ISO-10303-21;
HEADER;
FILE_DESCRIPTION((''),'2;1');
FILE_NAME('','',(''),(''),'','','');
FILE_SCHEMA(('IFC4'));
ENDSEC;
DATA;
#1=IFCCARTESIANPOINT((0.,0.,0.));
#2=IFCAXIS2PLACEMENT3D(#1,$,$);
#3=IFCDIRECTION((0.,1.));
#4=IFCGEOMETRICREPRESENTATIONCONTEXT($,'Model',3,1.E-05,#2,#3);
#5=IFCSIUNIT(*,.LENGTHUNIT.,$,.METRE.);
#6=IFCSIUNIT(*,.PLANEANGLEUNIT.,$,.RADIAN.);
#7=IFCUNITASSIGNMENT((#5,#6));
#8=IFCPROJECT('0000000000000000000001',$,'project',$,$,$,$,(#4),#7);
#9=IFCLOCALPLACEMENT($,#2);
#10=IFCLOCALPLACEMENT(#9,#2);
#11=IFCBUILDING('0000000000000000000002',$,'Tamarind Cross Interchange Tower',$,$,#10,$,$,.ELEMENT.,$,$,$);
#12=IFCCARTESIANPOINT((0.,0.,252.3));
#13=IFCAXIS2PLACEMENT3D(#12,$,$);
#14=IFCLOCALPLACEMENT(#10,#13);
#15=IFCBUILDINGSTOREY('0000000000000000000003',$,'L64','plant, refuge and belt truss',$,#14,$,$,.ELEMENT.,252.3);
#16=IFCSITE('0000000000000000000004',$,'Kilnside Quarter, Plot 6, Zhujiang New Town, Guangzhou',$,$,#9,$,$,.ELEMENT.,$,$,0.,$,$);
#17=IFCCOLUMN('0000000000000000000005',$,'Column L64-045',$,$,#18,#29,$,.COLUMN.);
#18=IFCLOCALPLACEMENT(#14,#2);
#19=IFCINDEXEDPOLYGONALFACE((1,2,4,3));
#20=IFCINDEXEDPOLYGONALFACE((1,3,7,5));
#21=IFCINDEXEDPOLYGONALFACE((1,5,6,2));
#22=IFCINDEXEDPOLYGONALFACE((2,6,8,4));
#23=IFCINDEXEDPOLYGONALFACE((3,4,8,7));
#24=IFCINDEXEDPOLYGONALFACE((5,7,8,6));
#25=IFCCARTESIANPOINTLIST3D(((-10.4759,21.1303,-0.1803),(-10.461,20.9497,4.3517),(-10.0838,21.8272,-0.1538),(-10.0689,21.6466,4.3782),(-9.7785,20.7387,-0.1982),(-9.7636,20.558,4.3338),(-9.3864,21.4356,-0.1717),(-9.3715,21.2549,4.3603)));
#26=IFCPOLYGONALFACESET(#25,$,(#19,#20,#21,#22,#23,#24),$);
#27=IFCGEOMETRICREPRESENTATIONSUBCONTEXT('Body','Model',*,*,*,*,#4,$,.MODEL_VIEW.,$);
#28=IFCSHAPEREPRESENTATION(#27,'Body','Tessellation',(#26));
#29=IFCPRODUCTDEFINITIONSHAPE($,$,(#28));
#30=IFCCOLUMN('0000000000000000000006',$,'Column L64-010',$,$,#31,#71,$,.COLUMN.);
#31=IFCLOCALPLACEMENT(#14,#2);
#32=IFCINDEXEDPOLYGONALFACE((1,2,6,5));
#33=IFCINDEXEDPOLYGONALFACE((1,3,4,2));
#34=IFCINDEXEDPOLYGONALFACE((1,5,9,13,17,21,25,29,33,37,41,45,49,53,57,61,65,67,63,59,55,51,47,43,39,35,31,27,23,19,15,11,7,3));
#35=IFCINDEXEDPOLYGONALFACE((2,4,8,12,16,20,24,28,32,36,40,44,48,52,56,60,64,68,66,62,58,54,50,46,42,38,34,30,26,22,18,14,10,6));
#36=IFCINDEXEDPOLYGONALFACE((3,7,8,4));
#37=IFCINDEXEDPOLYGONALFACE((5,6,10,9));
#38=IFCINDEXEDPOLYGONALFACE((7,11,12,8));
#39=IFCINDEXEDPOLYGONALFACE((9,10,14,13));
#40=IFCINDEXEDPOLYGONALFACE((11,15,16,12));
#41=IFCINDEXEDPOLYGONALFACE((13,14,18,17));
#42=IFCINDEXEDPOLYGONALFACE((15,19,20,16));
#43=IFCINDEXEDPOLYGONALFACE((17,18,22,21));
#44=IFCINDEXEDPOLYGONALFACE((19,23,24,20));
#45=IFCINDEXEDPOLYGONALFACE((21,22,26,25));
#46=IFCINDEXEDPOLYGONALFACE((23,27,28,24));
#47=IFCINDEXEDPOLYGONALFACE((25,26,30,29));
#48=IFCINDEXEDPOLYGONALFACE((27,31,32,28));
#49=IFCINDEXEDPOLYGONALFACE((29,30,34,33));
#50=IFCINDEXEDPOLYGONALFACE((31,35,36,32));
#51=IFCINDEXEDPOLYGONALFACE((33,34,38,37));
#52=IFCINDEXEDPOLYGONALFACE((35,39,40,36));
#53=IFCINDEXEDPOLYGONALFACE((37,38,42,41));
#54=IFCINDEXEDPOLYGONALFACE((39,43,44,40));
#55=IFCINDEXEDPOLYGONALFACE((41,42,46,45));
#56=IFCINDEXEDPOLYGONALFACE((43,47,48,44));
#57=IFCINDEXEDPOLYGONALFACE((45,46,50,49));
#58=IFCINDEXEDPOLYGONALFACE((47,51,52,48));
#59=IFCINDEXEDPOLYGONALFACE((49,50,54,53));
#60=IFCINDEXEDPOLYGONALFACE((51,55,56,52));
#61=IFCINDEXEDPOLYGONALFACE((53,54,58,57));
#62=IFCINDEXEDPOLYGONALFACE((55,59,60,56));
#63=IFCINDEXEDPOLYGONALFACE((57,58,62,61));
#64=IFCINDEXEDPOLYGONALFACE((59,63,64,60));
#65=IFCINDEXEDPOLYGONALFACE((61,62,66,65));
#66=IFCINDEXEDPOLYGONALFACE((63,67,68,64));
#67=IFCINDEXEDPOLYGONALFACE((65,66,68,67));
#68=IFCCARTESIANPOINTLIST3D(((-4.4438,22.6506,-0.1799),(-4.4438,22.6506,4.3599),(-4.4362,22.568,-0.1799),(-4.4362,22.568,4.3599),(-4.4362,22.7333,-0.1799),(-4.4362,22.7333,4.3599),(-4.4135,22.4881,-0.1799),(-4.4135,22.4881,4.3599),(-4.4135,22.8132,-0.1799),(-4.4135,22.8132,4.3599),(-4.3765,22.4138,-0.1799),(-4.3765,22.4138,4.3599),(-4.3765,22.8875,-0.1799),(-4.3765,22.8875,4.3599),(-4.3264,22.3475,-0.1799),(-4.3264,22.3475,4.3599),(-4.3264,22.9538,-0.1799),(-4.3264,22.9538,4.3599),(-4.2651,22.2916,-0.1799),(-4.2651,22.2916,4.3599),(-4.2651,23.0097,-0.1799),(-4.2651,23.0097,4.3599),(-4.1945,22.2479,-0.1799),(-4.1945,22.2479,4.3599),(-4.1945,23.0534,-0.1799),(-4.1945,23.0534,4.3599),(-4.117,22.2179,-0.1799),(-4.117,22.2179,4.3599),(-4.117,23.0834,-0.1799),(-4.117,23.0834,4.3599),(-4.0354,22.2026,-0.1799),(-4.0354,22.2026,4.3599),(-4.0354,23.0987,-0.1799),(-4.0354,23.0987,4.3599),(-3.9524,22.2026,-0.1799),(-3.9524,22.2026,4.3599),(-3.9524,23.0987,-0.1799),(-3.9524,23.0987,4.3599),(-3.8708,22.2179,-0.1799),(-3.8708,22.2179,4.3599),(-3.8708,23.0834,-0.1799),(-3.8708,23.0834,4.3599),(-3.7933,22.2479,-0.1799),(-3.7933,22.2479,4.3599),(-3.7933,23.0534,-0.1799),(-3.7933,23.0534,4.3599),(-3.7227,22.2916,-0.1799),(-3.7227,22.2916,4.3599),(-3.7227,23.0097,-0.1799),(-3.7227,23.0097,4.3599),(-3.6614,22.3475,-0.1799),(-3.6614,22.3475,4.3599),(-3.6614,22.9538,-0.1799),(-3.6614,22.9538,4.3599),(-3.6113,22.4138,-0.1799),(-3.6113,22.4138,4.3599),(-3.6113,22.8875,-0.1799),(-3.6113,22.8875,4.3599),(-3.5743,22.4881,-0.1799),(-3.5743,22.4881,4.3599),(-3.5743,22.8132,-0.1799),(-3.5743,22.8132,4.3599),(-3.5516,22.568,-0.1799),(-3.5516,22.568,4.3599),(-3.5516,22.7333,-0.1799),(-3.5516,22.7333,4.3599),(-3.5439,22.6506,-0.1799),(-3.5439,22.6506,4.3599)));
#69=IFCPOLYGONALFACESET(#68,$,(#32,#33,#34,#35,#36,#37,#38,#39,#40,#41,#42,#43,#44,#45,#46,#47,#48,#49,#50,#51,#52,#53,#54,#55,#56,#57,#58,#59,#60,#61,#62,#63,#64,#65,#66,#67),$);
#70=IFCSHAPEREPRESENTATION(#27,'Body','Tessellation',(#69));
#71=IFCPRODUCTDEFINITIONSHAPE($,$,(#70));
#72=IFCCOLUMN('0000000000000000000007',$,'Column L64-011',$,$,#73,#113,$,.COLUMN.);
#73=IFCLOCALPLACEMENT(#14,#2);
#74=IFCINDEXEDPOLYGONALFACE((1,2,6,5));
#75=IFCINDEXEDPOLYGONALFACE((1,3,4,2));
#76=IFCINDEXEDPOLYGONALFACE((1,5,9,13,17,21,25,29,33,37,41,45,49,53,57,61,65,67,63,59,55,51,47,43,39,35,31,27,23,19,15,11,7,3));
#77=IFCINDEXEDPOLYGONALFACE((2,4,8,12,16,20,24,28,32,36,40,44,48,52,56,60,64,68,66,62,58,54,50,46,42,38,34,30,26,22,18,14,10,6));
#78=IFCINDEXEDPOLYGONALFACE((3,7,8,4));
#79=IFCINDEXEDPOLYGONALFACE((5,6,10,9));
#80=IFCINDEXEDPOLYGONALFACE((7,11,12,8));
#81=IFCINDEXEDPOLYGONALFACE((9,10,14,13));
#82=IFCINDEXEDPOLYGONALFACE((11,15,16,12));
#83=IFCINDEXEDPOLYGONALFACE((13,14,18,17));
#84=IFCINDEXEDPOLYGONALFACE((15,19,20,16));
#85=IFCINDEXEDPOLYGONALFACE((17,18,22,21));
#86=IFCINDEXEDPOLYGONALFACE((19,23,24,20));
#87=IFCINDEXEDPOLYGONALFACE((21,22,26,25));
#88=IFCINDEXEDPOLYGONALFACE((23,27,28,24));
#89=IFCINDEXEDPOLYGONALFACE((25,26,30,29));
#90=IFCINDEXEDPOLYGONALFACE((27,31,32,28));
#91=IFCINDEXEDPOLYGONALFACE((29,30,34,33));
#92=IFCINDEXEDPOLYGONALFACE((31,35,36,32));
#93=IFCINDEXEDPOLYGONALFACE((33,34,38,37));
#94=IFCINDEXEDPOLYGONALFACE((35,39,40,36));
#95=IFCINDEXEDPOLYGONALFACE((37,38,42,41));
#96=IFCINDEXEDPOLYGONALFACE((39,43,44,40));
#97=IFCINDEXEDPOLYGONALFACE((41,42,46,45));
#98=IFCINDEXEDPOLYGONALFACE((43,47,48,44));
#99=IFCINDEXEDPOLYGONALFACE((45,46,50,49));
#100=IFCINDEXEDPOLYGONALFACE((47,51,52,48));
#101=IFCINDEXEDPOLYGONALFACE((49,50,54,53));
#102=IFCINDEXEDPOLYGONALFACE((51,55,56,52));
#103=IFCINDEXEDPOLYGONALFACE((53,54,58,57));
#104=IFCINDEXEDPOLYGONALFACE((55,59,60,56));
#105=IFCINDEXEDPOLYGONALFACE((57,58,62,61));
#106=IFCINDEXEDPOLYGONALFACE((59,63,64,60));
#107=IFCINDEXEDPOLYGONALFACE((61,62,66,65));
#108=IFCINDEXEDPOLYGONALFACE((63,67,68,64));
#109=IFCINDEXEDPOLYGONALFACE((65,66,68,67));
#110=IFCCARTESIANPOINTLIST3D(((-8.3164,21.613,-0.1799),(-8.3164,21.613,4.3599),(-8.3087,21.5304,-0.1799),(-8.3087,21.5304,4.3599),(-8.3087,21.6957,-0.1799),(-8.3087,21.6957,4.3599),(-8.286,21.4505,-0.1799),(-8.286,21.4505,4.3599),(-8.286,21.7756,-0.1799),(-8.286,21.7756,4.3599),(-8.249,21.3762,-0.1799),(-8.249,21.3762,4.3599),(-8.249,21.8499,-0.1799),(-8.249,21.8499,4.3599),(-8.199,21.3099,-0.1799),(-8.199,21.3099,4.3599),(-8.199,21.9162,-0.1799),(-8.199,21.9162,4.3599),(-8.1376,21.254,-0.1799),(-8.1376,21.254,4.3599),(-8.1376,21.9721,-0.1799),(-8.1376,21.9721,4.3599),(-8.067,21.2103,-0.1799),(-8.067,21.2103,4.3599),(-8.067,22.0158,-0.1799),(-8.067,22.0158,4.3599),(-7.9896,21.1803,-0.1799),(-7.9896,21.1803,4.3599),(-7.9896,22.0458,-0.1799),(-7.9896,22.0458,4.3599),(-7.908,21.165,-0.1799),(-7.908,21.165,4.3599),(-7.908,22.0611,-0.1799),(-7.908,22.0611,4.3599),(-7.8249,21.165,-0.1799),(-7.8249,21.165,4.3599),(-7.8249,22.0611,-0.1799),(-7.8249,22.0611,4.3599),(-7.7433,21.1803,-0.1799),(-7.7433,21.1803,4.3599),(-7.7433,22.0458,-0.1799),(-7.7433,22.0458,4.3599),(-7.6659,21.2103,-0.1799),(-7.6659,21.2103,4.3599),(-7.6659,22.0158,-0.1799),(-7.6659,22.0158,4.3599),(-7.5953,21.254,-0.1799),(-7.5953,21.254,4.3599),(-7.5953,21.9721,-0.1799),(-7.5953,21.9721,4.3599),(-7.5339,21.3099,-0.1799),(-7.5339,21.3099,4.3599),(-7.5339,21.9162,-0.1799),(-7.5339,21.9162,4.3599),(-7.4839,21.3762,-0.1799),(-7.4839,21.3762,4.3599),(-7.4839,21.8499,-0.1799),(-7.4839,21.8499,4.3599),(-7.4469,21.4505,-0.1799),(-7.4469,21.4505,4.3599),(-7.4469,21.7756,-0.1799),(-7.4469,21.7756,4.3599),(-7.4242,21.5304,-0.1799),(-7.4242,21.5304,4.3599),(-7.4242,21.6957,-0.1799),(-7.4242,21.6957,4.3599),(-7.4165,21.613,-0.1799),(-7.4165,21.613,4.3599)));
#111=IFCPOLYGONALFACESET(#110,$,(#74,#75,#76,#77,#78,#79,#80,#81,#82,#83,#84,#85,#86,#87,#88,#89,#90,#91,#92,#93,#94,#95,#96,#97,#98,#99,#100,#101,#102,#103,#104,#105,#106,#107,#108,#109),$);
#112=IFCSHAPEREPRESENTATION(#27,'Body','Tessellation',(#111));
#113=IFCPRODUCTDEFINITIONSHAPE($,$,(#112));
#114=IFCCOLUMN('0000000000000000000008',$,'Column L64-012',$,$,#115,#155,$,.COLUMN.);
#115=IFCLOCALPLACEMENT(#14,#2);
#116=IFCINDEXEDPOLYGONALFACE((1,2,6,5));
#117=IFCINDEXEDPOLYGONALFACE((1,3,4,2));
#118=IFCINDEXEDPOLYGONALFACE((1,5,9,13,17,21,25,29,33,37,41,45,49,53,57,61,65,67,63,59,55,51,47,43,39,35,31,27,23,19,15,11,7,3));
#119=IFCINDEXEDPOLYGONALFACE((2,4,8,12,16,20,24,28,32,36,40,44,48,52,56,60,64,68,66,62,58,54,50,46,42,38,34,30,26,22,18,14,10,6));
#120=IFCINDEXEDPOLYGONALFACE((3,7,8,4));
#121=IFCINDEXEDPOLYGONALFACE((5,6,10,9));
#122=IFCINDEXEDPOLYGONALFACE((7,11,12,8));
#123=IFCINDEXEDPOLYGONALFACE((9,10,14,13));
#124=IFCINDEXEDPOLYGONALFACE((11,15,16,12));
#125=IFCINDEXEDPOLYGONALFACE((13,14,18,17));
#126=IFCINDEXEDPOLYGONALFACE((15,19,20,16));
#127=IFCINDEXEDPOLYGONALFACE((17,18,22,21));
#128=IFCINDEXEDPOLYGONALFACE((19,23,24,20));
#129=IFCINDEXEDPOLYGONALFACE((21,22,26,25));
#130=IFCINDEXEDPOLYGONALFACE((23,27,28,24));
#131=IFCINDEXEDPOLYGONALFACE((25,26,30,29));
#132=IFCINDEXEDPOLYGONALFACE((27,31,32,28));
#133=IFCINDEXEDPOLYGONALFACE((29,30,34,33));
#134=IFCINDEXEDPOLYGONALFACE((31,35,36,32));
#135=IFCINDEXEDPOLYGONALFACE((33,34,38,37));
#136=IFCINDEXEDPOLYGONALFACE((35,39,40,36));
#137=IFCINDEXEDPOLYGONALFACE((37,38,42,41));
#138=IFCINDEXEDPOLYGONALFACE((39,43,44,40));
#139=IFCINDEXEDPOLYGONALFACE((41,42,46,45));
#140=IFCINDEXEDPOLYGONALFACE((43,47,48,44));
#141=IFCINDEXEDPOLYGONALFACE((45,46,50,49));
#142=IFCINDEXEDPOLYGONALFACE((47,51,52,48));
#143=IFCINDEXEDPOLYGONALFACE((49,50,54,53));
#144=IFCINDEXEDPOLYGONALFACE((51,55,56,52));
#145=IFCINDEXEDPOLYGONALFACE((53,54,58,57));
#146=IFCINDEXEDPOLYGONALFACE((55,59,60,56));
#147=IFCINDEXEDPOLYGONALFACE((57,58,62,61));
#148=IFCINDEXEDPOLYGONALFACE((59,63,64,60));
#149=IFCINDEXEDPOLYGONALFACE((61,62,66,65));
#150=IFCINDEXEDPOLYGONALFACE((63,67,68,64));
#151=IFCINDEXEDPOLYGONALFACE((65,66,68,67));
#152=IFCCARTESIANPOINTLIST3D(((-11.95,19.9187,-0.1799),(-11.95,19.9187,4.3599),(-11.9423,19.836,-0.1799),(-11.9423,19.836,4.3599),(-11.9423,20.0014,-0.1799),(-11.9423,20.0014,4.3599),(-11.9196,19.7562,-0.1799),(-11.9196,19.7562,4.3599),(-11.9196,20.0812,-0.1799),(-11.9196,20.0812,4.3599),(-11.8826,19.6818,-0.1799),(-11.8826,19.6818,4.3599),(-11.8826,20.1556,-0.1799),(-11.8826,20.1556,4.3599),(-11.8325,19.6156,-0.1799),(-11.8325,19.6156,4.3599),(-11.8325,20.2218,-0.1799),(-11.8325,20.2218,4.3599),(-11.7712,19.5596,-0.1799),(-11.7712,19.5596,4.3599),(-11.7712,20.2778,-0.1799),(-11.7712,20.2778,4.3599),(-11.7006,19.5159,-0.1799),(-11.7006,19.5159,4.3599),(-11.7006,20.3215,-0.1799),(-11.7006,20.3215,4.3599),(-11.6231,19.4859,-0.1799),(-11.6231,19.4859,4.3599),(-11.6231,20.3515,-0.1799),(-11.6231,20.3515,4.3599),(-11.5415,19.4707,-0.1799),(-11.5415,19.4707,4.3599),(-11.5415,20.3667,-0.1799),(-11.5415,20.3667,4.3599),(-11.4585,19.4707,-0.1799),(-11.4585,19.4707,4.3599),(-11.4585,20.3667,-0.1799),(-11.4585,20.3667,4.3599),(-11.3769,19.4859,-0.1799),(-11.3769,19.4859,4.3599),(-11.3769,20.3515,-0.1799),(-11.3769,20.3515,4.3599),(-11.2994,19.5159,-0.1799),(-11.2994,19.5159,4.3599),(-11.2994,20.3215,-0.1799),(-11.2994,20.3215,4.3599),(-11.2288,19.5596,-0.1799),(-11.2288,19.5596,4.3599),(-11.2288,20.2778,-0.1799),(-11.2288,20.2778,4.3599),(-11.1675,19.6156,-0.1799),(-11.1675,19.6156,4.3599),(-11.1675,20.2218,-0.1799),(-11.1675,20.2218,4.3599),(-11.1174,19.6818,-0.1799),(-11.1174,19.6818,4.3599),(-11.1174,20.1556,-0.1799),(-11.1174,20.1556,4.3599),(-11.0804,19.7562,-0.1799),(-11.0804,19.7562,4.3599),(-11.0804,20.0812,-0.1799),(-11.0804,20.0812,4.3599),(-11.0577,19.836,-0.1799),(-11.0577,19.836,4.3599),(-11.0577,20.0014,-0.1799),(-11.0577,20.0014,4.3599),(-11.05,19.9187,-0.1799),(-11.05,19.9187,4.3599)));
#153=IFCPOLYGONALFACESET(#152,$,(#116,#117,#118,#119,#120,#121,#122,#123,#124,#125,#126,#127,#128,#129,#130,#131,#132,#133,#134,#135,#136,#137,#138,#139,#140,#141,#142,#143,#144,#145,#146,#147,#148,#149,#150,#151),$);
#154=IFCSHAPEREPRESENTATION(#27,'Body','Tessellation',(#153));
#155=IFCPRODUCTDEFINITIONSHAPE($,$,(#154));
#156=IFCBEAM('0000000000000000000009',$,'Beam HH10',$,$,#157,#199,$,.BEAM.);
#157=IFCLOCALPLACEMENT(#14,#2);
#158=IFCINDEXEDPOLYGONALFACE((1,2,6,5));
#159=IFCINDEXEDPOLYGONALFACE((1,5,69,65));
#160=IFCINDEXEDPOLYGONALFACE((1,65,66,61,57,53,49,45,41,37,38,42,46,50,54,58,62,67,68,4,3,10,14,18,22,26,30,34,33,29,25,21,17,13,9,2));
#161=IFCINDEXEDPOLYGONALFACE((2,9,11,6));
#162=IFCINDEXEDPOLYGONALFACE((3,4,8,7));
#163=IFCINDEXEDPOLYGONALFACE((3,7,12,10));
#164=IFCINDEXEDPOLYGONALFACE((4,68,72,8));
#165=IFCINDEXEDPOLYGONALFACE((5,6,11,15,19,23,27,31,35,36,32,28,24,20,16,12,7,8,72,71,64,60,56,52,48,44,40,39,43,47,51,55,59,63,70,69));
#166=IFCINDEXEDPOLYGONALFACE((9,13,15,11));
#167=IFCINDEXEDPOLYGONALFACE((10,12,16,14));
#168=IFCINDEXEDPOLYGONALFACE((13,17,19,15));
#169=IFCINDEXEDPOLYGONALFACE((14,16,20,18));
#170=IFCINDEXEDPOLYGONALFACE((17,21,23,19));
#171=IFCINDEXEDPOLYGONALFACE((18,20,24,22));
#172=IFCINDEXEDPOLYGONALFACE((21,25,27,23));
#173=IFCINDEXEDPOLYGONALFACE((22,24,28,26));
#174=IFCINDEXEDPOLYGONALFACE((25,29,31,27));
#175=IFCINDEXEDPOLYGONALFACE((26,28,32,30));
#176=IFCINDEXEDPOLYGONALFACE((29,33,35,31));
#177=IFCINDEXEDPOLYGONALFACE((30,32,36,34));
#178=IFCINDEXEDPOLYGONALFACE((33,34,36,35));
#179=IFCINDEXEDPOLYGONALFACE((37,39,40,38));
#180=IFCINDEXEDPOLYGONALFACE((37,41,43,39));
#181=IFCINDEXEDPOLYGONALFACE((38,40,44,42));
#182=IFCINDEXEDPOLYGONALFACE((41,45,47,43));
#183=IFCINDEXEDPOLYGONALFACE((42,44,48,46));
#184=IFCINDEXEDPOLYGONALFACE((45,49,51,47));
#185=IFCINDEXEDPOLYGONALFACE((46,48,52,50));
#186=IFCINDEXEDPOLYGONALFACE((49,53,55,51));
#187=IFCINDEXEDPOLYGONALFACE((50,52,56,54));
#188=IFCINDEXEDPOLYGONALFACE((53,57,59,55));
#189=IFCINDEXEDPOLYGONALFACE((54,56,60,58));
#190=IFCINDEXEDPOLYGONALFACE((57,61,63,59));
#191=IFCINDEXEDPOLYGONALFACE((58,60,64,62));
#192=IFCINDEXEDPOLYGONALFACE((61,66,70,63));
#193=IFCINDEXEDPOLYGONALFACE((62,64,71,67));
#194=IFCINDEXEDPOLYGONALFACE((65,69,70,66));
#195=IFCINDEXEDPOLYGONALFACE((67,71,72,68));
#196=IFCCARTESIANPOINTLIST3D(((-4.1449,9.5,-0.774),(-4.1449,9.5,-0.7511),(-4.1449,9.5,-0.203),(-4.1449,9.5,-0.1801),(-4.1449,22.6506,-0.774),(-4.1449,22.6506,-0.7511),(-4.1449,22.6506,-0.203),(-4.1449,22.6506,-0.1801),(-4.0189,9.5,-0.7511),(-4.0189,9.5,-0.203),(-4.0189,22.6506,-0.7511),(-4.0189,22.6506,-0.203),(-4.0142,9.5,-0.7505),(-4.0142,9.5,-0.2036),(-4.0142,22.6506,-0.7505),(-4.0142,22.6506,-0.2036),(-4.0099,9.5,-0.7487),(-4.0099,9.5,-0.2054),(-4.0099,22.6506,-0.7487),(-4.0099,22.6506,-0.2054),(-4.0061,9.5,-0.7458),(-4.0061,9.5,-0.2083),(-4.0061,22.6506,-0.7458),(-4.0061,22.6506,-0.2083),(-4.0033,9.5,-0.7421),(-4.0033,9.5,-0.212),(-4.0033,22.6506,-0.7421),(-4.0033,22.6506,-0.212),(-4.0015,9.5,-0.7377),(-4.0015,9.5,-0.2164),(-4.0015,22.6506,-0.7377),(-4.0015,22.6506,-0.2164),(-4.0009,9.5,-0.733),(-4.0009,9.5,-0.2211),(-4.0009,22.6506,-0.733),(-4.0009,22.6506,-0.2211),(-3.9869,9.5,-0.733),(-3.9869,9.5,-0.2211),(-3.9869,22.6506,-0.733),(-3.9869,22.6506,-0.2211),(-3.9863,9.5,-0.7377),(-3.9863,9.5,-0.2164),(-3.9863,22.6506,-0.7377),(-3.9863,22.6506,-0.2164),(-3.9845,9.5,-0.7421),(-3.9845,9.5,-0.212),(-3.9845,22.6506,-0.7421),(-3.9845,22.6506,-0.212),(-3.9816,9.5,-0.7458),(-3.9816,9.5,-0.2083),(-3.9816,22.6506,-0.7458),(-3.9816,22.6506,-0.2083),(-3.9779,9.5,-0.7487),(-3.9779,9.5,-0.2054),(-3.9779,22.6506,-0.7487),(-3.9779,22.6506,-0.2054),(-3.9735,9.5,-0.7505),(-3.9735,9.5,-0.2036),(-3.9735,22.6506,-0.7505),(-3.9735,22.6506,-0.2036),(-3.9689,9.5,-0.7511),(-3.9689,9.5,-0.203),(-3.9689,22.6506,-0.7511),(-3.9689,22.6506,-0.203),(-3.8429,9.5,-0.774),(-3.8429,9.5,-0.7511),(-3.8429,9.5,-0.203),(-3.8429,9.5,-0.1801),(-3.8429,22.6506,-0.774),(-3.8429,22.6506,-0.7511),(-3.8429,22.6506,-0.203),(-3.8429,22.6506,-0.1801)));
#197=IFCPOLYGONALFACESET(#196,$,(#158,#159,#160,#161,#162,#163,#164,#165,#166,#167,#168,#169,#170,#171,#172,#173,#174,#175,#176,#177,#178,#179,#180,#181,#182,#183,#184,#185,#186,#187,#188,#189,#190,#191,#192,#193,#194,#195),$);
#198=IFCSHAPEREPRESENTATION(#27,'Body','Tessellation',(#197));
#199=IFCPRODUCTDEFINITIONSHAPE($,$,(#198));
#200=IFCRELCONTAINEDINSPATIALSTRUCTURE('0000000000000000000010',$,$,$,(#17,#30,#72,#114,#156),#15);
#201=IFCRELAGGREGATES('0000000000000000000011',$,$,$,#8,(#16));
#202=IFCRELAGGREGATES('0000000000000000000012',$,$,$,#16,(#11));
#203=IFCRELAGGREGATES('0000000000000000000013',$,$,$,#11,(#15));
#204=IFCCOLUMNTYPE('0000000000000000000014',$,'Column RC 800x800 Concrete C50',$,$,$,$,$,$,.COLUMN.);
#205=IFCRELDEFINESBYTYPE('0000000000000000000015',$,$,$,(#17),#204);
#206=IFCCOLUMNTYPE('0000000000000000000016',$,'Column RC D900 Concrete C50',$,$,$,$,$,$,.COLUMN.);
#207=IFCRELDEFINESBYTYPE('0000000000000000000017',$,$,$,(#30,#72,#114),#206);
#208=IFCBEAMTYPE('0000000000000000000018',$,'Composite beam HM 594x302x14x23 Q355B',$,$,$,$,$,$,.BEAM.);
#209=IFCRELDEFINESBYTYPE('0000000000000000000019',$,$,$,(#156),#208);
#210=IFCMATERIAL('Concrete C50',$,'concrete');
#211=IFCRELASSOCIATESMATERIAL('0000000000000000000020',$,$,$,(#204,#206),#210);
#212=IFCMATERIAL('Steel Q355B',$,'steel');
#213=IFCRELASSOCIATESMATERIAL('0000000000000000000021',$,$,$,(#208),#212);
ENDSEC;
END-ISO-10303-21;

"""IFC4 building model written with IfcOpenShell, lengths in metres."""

from ifc_helpers import new_model, si_unit, direction, frame, origin, origin_2d, place, context, subcontext, project, spatial, rectangle, circle, i_section, extrude, material, material_profile, profile_set, type_object, element, save


model = new_model("IFC4")

# Units and contexts
model_context = context("Model", 3, precision=1e-05, world=origin(), true_north=direction((0.0, 1.0)))
body_context = subcontext(model_context, "Body", "Model", "MODEL_VIEW")
ifc_project = project(units=[si_unit("LENGTHUNIT", "METRE"), si_unit("PLANEANGLEUNIT", "RADIAN")], contexts=[model_context])

# Site, building, storey
site_placement = place(None, origin())
site = spatial("IfcSite", under=ifc_project, at=site_placement, Name="Kilnside Quarter, Plot 6, Zhujiang New Town, Guangzhou", CompositionType="ELEMENT", RefElevation=0.0)
building_placement = place(site_placement, origin())
building = spatial("IfcBuilding", under=site, at=building_placement, Name="Tamarind Cross Interchange Tower", CompositionType="ELEMENT")
storey_placement = place(building_placement, frame((0.0, 0.0, 252.3)))
storey = spatial("IfcBuildingStorey", under=building, at=storey_placement, Name="L64", Description="plant, refuge and belt truss", CompositionType="ELEMENT", Elevation=252.3)

# Columns
ifc_material_1 = material(Name="Concrete C50", Category="concrete")
ifc_material_profile_1 = material_profile(ifc_material_1, rectangle(XDim=0.8, YDim=0.8, at=origin_2d()), Name="RC 800x800")
ifc_profile_set_1 = profile_set([ifc_material_profile_1], Name="Concrete C50")
column_type_1 = type_object("IfcColumnType", Name="Column RC 800x800 Concrete C50", PredefinedType="COLUMN", material=ifc_profile_set_1)
column_placement = place(storey_placement, frame((-9.9312, 21.283, -0.176), z_axis=(0.003283, -0.039832, 0.999201), x_axis=(0.490053, 0.871063, 0.033114)))
element("IfcColumn", 1, at=column_placement, inside=storey, type_object=column_type_1, Name="Column L64-045", PredefinedType="COLUMN", context=body_context, shape_type="SweptSolid", body=[
    extrude(rectangle(XDim=0.8, YDim=0.8, at=origin_2d()), origin(), (0.0, 0.0, 1.0), 4.5356),
])
ifc_material_profile_2 = material_profile(ifc_material_1, circle(Radius=0.45, at=origin_2d()), Name="RC D900")
ifc_profile_set_2 = profile_set([ifc_material_profile_2], Name="Concrete C50")
column_type_2 = type_object("IfcColumnType", Name="Column RC D900 Concrete C50", PredefinedType="COLUMN", material=ifc_profile_set_2)
for number, where, z_axis, x_axis, name in (
    (2, (-3.9939, 22.6506, -0.1799), (0.0, 0.0, 1.0), (1.0, 0.0, 0.0), "Column L64-010"),
    (3, (-7.8665, 21.613, -0.1799), (0.0, 0.0, 1.0), (1.0, 0.0, 0.0), "Column L64-011"),
    (4, (-11.5, 19.9187, -0.1799), (0.0, 0.0, 1.0), (1.0, 0.0, 0.0), "Column L64-012"),
):
    element("IfcColumn", number, at=place(storey_placement, frame(where, z_axis=z_axis, x_axis=x_axis)), inside=storey, type_object=column_type_2, Name=name, PredefinedType="COLUMN", context=body_context, shape_type="SweptSolid", body=[
        extrude(circle(Radius=0.45, at=origin_2d()), origin(), (0.0, 0.0, 1.0), 4.5398),
    ])

# Beam
ifc_material_2 = material(Name="Steel Q355B", Category="steel")
ifc_material_profile_3 = material_profile(ifc_material_2, i_section(OverallWidth=0.302, OverallDepth=0.594, WebThickness=0.0139, FlangeThickness=0.0229, FilletRadius=0.0181, at=origin_2d()), Name="HM 594x302x14x23")
ifc_profile_set_3 = profile_set([ifc_material_profile_3], Name="Steel Q355B")
beam_type_1 = type_object("IfcBeamType", Name="Composite beam HM 594x302x14x23 Q355B", PredefinedType="BEAM", material=ifc_profile_set_3)
beam_1_placement = place(storey_placement, frame((-3.9939, 22.6506, -0.4771), z_axis=(0.0, -1.0, 0.0), x_axis=(1.0, 0.0, 0.0)))
element("IfcBeam", 5, at=beam_1_placement, inside=storey, type_object=beam_type_1, Name="Beam HH10", PredefinedType="BEAM", context=body_context, shape_type="SweptSolid", body=[
    extrude(i_section(OverallWidth=0.302, OverallDepth=0.594, WebThickness=0.0139, FlangeThickness=0.0229, FilletRadius=0.0181, at=origin_2d()), origin(), (0.0, 0.0, 1.0), 13.1506),
])

save(model, "model.ifc")
